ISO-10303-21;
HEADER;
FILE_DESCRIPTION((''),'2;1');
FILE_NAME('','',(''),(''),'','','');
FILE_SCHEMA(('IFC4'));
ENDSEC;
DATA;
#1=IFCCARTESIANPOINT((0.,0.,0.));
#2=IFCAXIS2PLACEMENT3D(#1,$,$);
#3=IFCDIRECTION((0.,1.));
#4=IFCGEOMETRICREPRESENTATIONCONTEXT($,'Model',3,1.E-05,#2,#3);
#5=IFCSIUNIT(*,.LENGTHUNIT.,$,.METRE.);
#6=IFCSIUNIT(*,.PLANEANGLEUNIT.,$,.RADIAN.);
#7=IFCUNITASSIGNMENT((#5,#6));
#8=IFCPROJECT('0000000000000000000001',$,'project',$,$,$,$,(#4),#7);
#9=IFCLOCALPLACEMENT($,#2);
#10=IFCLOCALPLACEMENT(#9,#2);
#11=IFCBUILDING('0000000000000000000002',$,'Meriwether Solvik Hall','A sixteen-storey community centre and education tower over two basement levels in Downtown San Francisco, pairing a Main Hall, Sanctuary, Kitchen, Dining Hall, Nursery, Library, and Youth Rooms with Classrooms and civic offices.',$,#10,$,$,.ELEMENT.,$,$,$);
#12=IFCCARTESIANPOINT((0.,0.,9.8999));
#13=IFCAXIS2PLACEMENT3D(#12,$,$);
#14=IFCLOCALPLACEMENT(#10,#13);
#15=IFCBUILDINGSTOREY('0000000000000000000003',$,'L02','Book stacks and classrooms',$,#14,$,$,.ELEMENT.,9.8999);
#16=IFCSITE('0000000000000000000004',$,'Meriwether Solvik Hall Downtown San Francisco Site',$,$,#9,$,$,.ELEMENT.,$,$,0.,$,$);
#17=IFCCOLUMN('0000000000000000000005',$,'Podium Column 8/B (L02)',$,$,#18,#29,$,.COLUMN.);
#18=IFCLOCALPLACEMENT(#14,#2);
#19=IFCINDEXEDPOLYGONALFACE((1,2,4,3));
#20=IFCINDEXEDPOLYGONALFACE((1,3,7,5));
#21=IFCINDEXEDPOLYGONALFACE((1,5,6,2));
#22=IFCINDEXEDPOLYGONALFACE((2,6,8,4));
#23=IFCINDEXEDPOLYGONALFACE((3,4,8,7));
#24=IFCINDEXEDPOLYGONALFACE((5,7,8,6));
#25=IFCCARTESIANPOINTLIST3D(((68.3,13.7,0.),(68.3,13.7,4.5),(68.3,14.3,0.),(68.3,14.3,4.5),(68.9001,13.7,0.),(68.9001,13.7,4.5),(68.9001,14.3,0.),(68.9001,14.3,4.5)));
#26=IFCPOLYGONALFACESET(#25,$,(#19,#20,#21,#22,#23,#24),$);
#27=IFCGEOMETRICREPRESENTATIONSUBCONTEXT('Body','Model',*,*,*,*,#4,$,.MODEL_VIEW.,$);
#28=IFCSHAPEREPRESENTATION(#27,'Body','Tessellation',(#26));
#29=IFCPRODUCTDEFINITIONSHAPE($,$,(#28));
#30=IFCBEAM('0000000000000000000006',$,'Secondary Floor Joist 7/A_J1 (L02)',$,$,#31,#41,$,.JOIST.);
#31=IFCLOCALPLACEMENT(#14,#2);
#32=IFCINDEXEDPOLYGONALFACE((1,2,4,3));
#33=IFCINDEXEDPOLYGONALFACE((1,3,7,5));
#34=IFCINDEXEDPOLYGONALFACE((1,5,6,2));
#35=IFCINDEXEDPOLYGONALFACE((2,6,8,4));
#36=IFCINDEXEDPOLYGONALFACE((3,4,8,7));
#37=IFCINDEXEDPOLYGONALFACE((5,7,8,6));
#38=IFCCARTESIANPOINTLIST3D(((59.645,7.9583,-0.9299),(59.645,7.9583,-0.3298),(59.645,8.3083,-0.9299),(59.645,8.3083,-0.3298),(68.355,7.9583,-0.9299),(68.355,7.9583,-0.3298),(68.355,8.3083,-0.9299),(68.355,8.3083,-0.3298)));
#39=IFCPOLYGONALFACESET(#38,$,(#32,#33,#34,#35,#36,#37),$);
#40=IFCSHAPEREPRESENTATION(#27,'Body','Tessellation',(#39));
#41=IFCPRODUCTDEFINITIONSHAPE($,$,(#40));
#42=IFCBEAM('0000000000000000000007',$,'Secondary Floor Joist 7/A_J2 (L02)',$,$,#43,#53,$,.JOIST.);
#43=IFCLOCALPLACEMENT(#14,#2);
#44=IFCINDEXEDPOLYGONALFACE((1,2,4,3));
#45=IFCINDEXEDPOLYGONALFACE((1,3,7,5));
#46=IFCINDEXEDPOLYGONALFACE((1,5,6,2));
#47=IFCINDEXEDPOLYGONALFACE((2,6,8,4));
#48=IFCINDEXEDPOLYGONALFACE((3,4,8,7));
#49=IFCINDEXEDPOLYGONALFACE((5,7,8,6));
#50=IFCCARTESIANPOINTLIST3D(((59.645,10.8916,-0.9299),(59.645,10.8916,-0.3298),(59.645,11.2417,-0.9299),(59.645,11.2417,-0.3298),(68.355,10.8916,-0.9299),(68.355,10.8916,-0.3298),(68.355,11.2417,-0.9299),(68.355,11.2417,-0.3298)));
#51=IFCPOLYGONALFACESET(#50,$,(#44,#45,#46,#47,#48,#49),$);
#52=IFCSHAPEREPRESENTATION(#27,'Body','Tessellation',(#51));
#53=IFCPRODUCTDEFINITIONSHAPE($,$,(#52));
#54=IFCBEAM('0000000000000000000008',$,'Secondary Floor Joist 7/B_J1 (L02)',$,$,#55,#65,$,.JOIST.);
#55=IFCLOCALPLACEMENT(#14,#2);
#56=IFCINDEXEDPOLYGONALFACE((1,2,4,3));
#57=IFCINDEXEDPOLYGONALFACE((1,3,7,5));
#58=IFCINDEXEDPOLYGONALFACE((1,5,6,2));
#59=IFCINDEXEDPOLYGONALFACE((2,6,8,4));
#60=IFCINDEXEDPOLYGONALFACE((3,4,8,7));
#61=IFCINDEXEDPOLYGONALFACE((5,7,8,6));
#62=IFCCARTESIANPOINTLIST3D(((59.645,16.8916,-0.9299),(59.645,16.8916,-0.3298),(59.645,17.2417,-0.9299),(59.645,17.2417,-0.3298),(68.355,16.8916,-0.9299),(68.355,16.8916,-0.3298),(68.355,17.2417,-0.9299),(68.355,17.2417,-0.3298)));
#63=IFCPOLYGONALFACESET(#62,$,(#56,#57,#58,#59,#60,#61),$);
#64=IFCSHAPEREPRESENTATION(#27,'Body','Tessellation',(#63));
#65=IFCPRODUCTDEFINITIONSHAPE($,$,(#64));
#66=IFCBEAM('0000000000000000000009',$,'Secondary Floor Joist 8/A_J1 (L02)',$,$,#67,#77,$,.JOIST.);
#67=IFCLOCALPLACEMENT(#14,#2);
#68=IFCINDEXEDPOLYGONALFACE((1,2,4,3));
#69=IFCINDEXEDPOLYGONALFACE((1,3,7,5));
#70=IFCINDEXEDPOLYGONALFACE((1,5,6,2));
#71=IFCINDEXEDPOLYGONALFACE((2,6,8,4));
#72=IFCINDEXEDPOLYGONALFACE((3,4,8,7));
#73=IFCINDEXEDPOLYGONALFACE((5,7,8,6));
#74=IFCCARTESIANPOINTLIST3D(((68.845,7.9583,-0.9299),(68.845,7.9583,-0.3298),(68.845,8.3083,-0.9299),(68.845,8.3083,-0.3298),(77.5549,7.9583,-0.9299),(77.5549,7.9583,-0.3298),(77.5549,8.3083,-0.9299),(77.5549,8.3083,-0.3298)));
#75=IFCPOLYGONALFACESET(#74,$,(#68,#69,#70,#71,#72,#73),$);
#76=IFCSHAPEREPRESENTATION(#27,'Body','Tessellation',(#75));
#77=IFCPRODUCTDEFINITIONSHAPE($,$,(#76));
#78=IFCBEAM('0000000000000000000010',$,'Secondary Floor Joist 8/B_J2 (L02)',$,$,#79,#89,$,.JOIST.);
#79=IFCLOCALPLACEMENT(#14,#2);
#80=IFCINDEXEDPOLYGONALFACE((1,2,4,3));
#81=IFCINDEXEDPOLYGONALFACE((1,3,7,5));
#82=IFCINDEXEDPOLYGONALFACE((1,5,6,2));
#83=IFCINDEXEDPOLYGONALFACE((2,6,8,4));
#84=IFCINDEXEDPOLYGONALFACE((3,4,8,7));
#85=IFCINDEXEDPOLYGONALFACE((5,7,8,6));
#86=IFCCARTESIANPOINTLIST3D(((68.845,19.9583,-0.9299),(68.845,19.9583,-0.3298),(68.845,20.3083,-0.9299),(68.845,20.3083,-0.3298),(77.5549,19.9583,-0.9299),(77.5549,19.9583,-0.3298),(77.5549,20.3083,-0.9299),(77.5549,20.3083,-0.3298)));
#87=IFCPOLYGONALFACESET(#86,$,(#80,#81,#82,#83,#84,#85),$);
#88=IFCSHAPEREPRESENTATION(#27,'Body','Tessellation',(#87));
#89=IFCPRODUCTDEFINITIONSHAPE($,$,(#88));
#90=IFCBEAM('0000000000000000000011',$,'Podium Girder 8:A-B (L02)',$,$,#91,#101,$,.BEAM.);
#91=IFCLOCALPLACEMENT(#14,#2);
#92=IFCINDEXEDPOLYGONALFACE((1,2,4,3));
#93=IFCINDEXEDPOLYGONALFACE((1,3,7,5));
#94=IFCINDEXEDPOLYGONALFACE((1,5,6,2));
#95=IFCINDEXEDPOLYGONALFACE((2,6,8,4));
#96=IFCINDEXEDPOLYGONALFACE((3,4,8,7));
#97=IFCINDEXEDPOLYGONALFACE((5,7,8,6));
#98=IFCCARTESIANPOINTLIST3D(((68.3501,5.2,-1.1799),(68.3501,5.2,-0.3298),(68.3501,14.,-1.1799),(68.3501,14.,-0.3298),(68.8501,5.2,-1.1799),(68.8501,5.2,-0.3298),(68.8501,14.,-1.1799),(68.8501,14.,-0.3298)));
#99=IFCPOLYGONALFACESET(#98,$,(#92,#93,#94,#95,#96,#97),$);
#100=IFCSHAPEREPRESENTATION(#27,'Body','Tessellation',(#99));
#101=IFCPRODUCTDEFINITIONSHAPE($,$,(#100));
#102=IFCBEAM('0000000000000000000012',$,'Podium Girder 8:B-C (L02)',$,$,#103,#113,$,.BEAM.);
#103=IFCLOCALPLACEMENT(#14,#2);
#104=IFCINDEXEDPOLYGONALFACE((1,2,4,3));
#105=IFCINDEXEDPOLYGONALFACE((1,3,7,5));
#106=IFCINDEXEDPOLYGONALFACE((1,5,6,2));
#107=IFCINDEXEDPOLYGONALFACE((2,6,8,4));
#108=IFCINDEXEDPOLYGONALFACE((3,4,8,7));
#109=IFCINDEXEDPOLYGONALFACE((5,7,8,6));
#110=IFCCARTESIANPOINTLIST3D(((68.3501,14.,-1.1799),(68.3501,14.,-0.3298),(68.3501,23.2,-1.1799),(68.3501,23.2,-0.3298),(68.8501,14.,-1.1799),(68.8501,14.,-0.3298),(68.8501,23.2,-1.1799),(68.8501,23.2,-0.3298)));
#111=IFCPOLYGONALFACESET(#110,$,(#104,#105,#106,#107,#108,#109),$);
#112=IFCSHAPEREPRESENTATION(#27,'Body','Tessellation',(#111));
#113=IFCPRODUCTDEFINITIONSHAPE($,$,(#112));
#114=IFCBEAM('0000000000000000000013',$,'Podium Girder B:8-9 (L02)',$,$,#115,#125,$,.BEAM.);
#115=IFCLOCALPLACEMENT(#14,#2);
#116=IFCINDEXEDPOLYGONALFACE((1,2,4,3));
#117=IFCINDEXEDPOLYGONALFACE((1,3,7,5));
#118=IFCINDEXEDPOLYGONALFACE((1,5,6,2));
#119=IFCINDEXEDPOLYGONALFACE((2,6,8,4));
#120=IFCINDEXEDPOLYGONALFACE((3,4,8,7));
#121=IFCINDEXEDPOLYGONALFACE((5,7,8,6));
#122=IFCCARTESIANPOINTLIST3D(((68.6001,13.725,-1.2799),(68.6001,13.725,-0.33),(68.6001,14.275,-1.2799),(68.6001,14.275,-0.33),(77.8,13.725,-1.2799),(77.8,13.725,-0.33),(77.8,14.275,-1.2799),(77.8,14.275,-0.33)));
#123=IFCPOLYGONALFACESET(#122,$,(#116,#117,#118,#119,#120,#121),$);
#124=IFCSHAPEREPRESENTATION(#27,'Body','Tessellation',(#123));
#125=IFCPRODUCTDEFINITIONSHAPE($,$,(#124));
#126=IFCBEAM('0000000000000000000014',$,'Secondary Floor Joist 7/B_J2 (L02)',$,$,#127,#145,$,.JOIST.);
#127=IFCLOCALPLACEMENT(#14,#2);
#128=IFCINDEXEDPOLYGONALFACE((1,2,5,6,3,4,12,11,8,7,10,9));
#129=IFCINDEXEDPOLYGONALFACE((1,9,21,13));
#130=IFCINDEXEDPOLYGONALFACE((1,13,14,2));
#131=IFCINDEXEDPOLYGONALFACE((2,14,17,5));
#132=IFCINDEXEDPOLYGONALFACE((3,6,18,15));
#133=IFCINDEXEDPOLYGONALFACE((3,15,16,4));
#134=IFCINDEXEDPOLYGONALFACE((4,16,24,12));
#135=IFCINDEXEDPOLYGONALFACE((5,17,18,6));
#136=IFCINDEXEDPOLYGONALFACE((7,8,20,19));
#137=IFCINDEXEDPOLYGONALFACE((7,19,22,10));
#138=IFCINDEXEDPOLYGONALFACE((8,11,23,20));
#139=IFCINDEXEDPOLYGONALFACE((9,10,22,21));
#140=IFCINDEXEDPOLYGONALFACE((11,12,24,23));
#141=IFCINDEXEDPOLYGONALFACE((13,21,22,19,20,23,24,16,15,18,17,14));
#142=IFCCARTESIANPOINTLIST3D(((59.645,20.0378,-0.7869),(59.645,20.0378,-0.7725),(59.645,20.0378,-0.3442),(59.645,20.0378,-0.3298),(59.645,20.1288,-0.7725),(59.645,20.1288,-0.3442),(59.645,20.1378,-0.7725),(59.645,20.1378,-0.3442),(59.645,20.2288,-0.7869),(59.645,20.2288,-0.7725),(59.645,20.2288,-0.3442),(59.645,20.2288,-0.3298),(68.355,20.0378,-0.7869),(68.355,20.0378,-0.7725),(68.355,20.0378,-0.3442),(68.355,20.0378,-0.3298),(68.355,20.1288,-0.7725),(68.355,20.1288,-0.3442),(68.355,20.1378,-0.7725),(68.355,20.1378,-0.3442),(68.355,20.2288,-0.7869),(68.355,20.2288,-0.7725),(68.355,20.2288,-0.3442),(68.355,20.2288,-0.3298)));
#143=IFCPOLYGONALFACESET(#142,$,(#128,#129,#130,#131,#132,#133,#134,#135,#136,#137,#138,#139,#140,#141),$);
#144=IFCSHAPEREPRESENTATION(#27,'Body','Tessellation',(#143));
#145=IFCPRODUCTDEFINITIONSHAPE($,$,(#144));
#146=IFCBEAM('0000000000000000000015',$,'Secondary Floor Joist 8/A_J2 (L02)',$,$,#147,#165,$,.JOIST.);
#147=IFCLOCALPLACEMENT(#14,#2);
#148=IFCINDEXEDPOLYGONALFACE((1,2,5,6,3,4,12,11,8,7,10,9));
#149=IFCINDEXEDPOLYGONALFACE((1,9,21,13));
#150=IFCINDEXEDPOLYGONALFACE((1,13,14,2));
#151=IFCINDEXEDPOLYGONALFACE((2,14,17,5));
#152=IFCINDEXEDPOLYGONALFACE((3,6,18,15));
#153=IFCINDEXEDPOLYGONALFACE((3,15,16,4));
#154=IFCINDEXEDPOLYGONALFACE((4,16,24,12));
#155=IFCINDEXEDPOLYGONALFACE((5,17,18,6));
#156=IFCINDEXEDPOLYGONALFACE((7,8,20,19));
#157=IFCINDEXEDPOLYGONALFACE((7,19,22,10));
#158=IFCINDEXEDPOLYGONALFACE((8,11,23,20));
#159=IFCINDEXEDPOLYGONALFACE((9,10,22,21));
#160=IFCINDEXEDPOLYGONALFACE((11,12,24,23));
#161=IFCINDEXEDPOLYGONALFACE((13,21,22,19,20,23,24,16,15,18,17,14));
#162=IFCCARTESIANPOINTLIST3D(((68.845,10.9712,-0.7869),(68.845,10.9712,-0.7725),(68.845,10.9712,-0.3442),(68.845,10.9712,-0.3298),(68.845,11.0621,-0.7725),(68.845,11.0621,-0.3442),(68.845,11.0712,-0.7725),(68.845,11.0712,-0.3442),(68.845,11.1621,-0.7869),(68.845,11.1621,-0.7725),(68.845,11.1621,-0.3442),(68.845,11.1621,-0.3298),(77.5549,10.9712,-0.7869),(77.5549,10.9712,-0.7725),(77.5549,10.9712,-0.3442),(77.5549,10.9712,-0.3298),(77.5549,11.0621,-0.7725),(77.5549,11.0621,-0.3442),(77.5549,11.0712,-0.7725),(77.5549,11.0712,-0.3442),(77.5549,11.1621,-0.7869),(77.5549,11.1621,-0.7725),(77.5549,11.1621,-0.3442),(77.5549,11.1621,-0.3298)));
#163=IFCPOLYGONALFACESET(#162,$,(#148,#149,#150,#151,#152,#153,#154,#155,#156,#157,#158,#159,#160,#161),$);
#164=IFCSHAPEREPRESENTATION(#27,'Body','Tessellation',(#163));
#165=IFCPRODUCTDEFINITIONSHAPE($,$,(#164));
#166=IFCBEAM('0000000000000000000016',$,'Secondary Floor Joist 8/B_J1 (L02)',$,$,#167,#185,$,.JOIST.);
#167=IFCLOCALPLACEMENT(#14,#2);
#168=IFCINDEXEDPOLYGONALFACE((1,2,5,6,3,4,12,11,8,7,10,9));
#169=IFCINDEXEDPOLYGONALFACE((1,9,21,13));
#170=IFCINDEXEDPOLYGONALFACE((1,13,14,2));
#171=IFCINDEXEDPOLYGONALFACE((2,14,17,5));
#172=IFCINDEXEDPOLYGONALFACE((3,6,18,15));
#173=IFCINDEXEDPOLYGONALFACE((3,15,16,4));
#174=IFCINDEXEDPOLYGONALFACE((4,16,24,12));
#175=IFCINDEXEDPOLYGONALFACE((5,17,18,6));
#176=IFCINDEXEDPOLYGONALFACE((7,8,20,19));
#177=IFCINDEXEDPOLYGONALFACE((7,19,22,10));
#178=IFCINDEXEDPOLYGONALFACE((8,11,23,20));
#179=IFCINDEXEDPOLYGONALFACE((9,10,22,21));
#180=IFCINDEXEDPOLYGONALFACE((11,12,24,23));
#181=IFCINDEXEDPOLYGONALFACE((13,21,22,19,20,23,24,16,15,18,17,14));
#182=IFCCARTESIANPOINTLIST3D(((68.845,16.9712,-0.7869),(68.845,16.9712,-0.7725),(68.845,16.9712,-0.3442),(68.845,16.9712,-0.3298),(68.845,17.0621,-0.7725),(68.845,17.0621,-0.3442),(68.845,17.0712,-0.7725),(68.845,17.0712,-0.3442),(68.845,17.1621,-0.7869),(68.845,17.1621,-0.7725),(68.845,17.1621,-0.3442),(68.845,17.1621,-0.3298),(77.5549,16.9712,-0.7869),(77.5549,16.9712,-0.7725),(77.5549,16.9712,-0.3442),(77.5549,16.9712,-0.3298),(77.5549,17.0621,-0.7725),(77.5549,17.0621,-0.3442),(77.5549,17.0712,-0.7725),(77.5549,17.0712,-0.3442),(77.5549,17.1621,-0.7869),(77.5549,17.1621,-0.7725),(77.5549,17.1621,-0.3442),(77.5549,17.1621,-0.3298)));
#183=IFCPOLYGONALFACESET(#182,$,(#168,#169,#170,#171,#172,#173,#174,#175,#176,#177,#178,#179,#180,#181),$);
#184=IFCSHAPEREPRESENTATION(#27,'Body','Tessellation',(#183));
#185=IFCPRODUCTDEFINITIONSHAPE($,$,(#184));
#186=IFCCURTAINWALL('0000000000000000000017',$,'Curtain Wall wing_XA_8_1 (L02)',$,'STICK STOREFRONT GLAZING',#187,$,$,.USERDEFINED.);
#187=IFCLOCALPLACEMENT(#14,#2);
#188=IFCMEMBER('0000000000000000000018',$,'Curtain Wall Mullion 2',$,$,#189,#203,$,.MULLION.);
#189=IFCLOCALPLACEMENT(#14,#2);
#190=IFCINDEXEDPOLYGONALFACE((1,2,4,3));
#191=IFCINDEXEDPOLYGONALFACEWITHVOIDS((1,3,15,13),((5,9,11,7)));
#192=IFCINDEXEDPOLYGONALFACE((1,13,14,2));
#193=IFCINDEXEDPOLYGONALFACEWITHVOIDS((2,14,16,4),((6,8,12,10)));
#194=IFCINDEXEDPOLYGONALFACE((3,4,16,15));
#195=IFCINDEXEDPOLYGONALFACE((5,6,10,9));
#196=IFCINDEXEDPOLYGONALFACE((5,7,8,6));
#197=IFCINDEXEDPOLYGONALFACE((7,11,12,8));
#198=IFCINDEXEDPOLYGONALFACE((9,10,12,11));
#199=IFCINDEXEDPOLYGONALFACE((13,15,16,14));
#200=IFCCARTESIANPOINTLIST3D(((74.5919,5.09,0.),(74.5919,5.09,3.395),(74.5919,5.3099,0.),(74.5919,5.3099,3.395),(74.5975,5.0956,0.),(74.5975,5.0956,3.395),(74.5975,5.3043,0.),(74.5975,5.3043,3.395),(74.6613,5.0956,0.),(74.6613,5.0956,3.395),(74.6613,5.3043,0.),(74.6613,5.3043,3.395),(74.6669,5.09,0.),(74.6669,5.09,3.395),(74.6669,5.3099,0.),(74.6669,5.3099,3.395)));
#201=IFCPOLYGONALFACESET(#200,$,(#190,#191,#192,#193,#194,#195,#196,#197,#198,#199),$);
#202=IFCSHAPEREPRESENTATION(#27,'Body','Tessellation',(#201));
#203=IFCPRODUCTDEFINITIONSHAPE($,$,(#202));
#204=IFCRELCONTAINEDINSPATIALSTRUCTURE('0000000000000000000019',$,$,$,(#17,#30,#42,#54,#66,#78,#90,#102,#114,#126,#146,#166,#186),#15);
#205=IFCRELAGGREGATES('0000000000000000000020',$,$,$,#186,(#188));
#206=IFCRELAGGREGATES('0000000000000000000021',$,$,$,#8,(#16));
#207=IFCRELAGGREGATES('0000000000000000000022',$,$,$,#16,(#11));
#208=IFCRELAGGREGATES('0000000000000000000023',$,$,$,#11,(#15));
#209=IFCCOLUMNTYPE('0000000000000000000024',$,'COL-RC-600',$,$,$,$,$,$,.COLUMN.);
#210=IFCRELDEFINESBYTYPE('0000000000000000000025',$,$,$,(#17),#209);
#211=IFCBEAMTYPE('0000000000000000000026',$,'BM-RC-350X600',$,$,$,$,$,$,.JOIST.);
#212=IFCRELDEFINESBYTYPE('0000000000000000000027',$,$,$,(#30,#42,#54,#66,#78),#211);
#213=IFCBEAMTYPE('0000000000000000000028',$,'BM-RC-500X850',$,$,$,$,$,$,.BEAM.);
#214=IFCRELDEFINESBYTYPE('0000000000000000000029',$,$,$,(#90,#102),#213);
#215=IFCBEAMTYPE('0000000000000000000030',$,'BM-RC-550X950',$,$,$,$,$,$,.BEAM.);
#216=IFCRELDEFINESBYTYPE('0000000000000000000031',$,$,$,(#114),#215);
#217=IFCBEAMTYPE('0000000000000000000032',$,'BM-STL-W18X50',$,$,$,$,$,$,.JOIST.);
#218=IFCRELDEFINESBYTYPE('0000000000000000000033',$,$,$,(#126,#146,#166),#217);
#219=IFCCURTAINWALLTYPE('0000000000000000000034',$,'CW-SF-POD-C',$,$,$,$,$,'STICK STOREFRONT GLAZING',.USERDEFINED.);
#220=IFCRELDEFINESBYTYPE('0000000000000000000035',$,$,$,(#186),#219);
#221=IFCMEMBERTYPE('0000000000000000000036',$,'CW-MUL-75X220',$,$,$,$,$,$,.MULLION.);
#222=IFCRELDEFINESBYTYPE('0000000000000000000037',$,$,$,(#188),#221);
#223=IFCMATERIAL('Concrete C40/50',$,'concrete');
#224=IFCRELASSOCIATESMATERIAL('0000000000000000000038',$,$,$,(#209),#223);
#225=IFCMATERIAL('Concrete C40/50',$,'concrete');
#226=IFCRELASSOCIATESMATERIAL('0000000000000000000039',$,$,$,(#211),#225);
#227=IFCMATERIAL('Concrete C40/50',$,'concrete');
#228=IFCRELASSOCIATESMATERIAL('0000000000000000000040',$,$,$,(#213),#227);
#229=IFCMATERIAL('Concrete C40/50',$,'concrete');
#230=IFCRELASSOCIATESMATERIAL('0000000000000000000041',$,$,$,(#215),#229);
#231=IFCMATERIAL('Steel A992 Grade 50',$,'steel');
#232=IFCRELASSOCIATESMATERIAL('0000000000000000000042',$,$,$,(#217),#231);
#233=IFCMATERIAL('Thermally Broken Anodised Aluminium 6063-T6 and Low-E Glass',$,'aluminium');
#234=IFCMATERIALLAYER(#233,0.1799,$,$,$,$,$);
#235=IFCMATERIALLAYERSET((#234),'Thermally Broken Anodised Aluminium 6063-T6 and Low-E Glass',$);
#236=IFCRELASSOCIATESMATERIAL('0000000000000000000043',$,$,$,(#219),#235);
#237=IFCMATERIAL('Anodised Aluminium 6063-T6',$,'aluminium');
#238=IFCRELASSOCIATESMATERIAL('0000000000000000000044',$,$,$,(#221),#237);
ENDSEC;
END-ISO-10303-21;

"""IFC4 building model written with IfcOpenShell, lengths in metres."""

from ifc_helpers import new_model, si_unit, direction, frame, origin, origin_2d, place, context, subcontext, project, spatial, rectangle, hollow_rectangle, i_section, extrude, material, layer, layer_set, material_profile, profile_set, type_object, element, aggregate, save


model = new_model("IFC4")

# Units and contexts
model_context = context("Model", 3, precision=1e-05, world=origin(), true_north=direction((0.0, 1.0)))
body_context = subcontext(model_context, "Body", "Model", "MODEL_VIEW")
ifc_project = project(units=[si_unit("LENGTHUNIT", "METRE"), si_unit("PLANEANGLEUNIT", "RADIAN")], contexts=[model_context])

# Site, building, storey
site_placement = place(None, origin())
site = spatial("IfcSite", under=ifc_project, at=site_placement, Name="Meriwether Solvik Hall Downtown San Francisco Site", CompositionType="ELEMENT", RefElevation=0.0)
building_placement = place(site_placement, origin())
building = spatial("IfcBuilding", under=site, at=building_placement, Name="Meriwether Solvik Hall", Description="A sixteen-storey community centre and education tower over two basement levels in Downtown San Francisco, pairing a Main Hall, Sanctuary, Kitchen, Dining Hall, Nursery, Library, and Youth Rooms with Classrooms and civic offices.", CompositionType="ELEMENT")
storey_placement = place(building_placement, frame((0.0, 0.0, 9.8999)))
storey = spatial("IfcBuildingStorey", under=building, at=storey_placement, Name="L02", Description="Book stacks and classrooms", CompositionType="ELEMENT", Elevation=9.8999)

# Column
ifc_material_1 = material(Name="Concrete C40/50", Category="concrete")
ifc_material_profile_1 = material_profile(ifc_material_1, rectangle(XDim=0.6001, YDim=0.6001, at=origin_2d()), Name="RCC-600X600")
ifc_profile_set_1 = profile_set([ifc_material_profile_1], Name="Concrete C40/50")
column_type = type_object("IfcColumnType", Name="COL-RC-600", PredefinedType="COLUMN", material=ifc_profile_set_1)
column_placement = place(storey_placement, frame((68.6001, 14.0, 0.0), z_axis=(0.0, 0.0, 1.0), x_axis=(1.0, 0.0, 0.0)))
element("IfcColumn", 1, at=column_placement, inside=storey, type_object=column_type, Name="Podium Column 8/B (L02)", PredefinedType="COLUMN", context=body_context, shape_type="SweptSolid", body=[
    extrude(rectangle(XDim=0.6001, YDim=0.6001, at=origin_2d()), origin(), (0.0, 0.0, 1.0), 4.5),
])

# Beams
ifc_material_2 = material(Name="Concrete C40/50", Category="concrete")
ifc_material_profile_2 = material_profile(ifc_material_2, rectangle(XDim=0.3501, YDim=0.6001, at=origin_2d()), Name="RCB-350X600")
ifc_profile_set_2 = profile_set([ifc_material_profile_2], Name="Concrete C40/50")
beam_type_1 = type_object("IfcBeamType", Name="BM-RC-350X600", PredefinedType="JOIST", material=ifc_profile_set_2)
for number, where, z_axis, x_axis, name in (
    (2, (59.645, 8.1333, -0.6299), (1.0, 0.0, 0.0), (0.0, 1.0, 0.0), "Secondary Floor Joist 7/A_J1 (L02)"),
    (3, (59.645, 11.0667, -0.6299), (1.0, 0.0, 0.0), (0.0, 1.0, 0.0), "Secondary Floor Joist 7/A_J2 (L02)"),
    (4, (59.645, 17.0667, -0.6299), (1.0, 0.0, 0.0), (0.0, 1.0, 0.0), "Secondary Floor Joist 7/B_J1 (L02)"),
    (5, (68.845, 8.1333, -0.6299), (1.0, 0.0, 0.0), (0.0, 1.0, 0.0), "Secondary Floor Joist 8/A_J1 (L02)"),
    (6, (68.845, 20.1333, -0.6299), (1.0, 0.0, 0.0), (0.0, 1.0, 0.0), "Secondary Floor Joist 8/B_J2 (L02)"),
):
    element("IfcBeam", number, at=place(storey_placement, frame(where, z_axis=z_axis, x_axis=x_axis)), inside=storey, type_object=beam_type_1, Name=name, PredefinedType="JOIST", context=body_context, shape_type="SweptSolid", body=[
        extrude(rectangle(XDim=0.3501, YDim=0.6001, at=origin_2d()), origin(), (0.0, 0.0, 1.0), 8.71),
    ])
ifc_material_3 = material(Name="Concrete C40/50", Category="concrete")
ifc_material_profile_3 = material_profile(ifc_material_3, rectangle(XDim=0.5, YDim=0.8501, at=origin_2d()), Name="RCB-500X850")
ifc_profile_set_3 = profile_set([ifc_material_profile_3], Name="Concrete C40/50")
beam_type_2 = type_object("IfcBeamType", Name="BM-RC-500X850", PredefinedType="BEAM", material=ifc_profile_set_3)
beam_1_placement = place(storey_placement, frame((68.6001, 5.2, -0.7549), z_axis=(0.0, 1.0, 0.0), x_axis=(-1.0, 0.0, 0.0)))
element("IfcBeam", 7, at=beam_1_placement, inside=storey, type_object=beam_type_2, Name="Podium Girder 8:A-B (L02)", PredefinedType="BEAM", context=body_context, shape_type="SweptSolid", body=[
    extrude(rectangle(XDim=0.5, YDim=0.8501, at=origin_2d()), origin(), (0.0, 0.0, 1.0), 8.8),
])
beam_2_placement = place(storey_placement, frame((68.6001, 14.0, -0.7549), z_axis=(0.0, 1.0, 0.0), x_axis=(-1.0, 0.0, 0.0)))
element("IfcBeam", 8, at=beam_2_placement, inside=storey, type_object=beam_type_2, Name="Podium Girder 8:B-C (L02)", PredefinedType="BEAM", context=body_context, shape_type="SweptSolid", body=[
    extrude(rectangle(XDim=0.5, YDim=0.8501, at=origin_2d()), origin(), (0.0, 0.0, 1.0), 9.2),
])
ifc_material_4 = material(Name="Concrete C40/50", Category="concrete")
ifc_material_profile_4 = material_profile(ifc_material_4, rectangle(XDim=0.55, YDim=0.95, at=origin_2d()), Name="RCB-550X950")
ifc_profile_set_4 = profile_set([ifc_material_profile_4], Name="Concrete C40/50")
beam_type_3 = type_object("IfcBeamType", Name="BM-RC-550X950", PredefinedType="BEAM", material=ifc_profile_set_4)
beam_3_placement = place(storey_placement, frame((68.6001, 14.0, -0.8049), z_axis=(1.0, 0.0, 0.0), x_axis=(0.0, 1.0, 0.0)))
element("IfcBeam", 9, at=beam_3_placement, inside=storey, type_object=beam_type_3, Name="Podium Girder B:8-9 (L02)", PredefinedType="BEAM", context=body_context, shape_type="SweptSolid", body=[
    extrude(rectangle(XDim=0.55, YDim=0.95, at=origin_2d()), origin(), (0.0, 0.0, 1.0), 9.2),
])
ifc_material_5 = material(Name="Steel A992 Grade 50", Category="steel")
ifc_material_profile_5 = material_profile(ifc_material_5, i_section(OverallWidth=0.1909, OverallDepth=0.457, WebThickness=0.009, FlangeThickness=0.0144, at=origin_2d()), Name="W18X50")
ifc_profile_set_5 = profile_set([ifc_material_profile_5], Name="Steel A992 Grade 50")
beam_type_4 = type_object("IfcBeamType", Name="BM-STL-W18X50", PredefinedType="JOIST", material=ifc_profile_set_5)
for number, where, z_axis, x_axis, name in (
    (10, (59.645, 20.1333, -0.5583), (1.0, 0.0, 0.0), (0.0, 1.0, 0.0), "Secondary Floor Joist 7/B_J2 (L02)"),
    (11, (68.845, 11.0667, -0.5583), (1.0, 0.0, 0.0), (0.0, 1.0, 0.0), "Secondary Floor Joist 8/A_J2 (L02)"),
    (12, (68.845, 17.0667, -0.5583), (1.0, 0.0, 0.0), (0.0, 1.0, 0.0), "Secondary Floor Joist 8/B_J1 (L02)"),
):
    element("IfcBeam", number, at=place(storey_placement, frame(where, z_axis=z_axis, x_axis=x_axis)), inside=storey, type_object=beam_type_4, Name=name, PredefinedType="JOIST", context=body_context, shape_type="SweptSolid", body=[
        extrude(i_section(OverallWidth=0.1909, OverallDepth=0.457, WebThickness=0.009, FlangeThickness=0.0144, at=origin_2d()), origin(), (0.0, 0.0, 1.0), 8.71),
    ])

# Curtain wall, member
ifc_material_6 = material(Name="Thermally Broken Anodised Aluminium 6063-T6 and Low-E Glass", Category="aluminium")
ifc_layer_1 = layer(ifc_material_6, 0.1799)
ifc_layer_set_1 = layer_set([ifc_layer_1], Name="Thermally Broken Anodised Aluminium 6063-T6 and Low-E Glass")
curtain_wall_type = type_object("IfcCurtainWallType", Name="CW-SF-POD-C", ElementType="STICK STOREFRONT GLAZING", PredefinedType="USERDEFINED", material=ifc_layer_set_1)
curtain_wall_placement = place(storey_placement, origin())
curtain_wall = element("IfcCurtainWall", 13, at=curtain_wall_placement, inside=storey, type_object=curtain_wall_type, Name="Curtain Wall wing_XA_8_1 (L02)", ObjectType="STICK STOREFRONT GLAZING", PredefinedType="USERDEFINED")
ifc_material_7 = material(Name="Anodised Aluminium 6063-T6", Category="aluminium")
ifc_material_profile_6 = material_profile(ifc_material_7, hollow_rectangle(XDim=0.075, YDim=0.22, WallThickness=0.0056, at=origin_2d()), Name="CWM-75X220")
ifc_profile_set_6 = profile_set([ifc_material_profile_6], Name="Anodised Aluminium 6063-T6")
member_type_1 = type_object("IfcMemberType", Name="CW-MUL-75X220", PredefinedType="MULLION", material=ifc_profile_set_6)
member_1_placement = place(storey_placement, frame((74.6294, 5.2, 0.0), z_axis=(0.0, 0.0, 1.0), x_axis=(-1.0, 0.0, 0.0)))
member_1 = element("IfcMember", 14, at=member_1_placement, type_object=member_type_1, Name="Curtain Wall Mullion 2", PredefinedType="MULLION", context=body_context, shape_type="SweptSolid", body=[
    extrude(hollow_rectangle(XDim=0.075, YDim=0.22, WallThickness=0.0056, at=origin_2d()), origin(), (0.0, 0.0, 1.0), 3.395),
])

aggregate(curtain_wall, [member_1])

save(model, "model.ifc")
